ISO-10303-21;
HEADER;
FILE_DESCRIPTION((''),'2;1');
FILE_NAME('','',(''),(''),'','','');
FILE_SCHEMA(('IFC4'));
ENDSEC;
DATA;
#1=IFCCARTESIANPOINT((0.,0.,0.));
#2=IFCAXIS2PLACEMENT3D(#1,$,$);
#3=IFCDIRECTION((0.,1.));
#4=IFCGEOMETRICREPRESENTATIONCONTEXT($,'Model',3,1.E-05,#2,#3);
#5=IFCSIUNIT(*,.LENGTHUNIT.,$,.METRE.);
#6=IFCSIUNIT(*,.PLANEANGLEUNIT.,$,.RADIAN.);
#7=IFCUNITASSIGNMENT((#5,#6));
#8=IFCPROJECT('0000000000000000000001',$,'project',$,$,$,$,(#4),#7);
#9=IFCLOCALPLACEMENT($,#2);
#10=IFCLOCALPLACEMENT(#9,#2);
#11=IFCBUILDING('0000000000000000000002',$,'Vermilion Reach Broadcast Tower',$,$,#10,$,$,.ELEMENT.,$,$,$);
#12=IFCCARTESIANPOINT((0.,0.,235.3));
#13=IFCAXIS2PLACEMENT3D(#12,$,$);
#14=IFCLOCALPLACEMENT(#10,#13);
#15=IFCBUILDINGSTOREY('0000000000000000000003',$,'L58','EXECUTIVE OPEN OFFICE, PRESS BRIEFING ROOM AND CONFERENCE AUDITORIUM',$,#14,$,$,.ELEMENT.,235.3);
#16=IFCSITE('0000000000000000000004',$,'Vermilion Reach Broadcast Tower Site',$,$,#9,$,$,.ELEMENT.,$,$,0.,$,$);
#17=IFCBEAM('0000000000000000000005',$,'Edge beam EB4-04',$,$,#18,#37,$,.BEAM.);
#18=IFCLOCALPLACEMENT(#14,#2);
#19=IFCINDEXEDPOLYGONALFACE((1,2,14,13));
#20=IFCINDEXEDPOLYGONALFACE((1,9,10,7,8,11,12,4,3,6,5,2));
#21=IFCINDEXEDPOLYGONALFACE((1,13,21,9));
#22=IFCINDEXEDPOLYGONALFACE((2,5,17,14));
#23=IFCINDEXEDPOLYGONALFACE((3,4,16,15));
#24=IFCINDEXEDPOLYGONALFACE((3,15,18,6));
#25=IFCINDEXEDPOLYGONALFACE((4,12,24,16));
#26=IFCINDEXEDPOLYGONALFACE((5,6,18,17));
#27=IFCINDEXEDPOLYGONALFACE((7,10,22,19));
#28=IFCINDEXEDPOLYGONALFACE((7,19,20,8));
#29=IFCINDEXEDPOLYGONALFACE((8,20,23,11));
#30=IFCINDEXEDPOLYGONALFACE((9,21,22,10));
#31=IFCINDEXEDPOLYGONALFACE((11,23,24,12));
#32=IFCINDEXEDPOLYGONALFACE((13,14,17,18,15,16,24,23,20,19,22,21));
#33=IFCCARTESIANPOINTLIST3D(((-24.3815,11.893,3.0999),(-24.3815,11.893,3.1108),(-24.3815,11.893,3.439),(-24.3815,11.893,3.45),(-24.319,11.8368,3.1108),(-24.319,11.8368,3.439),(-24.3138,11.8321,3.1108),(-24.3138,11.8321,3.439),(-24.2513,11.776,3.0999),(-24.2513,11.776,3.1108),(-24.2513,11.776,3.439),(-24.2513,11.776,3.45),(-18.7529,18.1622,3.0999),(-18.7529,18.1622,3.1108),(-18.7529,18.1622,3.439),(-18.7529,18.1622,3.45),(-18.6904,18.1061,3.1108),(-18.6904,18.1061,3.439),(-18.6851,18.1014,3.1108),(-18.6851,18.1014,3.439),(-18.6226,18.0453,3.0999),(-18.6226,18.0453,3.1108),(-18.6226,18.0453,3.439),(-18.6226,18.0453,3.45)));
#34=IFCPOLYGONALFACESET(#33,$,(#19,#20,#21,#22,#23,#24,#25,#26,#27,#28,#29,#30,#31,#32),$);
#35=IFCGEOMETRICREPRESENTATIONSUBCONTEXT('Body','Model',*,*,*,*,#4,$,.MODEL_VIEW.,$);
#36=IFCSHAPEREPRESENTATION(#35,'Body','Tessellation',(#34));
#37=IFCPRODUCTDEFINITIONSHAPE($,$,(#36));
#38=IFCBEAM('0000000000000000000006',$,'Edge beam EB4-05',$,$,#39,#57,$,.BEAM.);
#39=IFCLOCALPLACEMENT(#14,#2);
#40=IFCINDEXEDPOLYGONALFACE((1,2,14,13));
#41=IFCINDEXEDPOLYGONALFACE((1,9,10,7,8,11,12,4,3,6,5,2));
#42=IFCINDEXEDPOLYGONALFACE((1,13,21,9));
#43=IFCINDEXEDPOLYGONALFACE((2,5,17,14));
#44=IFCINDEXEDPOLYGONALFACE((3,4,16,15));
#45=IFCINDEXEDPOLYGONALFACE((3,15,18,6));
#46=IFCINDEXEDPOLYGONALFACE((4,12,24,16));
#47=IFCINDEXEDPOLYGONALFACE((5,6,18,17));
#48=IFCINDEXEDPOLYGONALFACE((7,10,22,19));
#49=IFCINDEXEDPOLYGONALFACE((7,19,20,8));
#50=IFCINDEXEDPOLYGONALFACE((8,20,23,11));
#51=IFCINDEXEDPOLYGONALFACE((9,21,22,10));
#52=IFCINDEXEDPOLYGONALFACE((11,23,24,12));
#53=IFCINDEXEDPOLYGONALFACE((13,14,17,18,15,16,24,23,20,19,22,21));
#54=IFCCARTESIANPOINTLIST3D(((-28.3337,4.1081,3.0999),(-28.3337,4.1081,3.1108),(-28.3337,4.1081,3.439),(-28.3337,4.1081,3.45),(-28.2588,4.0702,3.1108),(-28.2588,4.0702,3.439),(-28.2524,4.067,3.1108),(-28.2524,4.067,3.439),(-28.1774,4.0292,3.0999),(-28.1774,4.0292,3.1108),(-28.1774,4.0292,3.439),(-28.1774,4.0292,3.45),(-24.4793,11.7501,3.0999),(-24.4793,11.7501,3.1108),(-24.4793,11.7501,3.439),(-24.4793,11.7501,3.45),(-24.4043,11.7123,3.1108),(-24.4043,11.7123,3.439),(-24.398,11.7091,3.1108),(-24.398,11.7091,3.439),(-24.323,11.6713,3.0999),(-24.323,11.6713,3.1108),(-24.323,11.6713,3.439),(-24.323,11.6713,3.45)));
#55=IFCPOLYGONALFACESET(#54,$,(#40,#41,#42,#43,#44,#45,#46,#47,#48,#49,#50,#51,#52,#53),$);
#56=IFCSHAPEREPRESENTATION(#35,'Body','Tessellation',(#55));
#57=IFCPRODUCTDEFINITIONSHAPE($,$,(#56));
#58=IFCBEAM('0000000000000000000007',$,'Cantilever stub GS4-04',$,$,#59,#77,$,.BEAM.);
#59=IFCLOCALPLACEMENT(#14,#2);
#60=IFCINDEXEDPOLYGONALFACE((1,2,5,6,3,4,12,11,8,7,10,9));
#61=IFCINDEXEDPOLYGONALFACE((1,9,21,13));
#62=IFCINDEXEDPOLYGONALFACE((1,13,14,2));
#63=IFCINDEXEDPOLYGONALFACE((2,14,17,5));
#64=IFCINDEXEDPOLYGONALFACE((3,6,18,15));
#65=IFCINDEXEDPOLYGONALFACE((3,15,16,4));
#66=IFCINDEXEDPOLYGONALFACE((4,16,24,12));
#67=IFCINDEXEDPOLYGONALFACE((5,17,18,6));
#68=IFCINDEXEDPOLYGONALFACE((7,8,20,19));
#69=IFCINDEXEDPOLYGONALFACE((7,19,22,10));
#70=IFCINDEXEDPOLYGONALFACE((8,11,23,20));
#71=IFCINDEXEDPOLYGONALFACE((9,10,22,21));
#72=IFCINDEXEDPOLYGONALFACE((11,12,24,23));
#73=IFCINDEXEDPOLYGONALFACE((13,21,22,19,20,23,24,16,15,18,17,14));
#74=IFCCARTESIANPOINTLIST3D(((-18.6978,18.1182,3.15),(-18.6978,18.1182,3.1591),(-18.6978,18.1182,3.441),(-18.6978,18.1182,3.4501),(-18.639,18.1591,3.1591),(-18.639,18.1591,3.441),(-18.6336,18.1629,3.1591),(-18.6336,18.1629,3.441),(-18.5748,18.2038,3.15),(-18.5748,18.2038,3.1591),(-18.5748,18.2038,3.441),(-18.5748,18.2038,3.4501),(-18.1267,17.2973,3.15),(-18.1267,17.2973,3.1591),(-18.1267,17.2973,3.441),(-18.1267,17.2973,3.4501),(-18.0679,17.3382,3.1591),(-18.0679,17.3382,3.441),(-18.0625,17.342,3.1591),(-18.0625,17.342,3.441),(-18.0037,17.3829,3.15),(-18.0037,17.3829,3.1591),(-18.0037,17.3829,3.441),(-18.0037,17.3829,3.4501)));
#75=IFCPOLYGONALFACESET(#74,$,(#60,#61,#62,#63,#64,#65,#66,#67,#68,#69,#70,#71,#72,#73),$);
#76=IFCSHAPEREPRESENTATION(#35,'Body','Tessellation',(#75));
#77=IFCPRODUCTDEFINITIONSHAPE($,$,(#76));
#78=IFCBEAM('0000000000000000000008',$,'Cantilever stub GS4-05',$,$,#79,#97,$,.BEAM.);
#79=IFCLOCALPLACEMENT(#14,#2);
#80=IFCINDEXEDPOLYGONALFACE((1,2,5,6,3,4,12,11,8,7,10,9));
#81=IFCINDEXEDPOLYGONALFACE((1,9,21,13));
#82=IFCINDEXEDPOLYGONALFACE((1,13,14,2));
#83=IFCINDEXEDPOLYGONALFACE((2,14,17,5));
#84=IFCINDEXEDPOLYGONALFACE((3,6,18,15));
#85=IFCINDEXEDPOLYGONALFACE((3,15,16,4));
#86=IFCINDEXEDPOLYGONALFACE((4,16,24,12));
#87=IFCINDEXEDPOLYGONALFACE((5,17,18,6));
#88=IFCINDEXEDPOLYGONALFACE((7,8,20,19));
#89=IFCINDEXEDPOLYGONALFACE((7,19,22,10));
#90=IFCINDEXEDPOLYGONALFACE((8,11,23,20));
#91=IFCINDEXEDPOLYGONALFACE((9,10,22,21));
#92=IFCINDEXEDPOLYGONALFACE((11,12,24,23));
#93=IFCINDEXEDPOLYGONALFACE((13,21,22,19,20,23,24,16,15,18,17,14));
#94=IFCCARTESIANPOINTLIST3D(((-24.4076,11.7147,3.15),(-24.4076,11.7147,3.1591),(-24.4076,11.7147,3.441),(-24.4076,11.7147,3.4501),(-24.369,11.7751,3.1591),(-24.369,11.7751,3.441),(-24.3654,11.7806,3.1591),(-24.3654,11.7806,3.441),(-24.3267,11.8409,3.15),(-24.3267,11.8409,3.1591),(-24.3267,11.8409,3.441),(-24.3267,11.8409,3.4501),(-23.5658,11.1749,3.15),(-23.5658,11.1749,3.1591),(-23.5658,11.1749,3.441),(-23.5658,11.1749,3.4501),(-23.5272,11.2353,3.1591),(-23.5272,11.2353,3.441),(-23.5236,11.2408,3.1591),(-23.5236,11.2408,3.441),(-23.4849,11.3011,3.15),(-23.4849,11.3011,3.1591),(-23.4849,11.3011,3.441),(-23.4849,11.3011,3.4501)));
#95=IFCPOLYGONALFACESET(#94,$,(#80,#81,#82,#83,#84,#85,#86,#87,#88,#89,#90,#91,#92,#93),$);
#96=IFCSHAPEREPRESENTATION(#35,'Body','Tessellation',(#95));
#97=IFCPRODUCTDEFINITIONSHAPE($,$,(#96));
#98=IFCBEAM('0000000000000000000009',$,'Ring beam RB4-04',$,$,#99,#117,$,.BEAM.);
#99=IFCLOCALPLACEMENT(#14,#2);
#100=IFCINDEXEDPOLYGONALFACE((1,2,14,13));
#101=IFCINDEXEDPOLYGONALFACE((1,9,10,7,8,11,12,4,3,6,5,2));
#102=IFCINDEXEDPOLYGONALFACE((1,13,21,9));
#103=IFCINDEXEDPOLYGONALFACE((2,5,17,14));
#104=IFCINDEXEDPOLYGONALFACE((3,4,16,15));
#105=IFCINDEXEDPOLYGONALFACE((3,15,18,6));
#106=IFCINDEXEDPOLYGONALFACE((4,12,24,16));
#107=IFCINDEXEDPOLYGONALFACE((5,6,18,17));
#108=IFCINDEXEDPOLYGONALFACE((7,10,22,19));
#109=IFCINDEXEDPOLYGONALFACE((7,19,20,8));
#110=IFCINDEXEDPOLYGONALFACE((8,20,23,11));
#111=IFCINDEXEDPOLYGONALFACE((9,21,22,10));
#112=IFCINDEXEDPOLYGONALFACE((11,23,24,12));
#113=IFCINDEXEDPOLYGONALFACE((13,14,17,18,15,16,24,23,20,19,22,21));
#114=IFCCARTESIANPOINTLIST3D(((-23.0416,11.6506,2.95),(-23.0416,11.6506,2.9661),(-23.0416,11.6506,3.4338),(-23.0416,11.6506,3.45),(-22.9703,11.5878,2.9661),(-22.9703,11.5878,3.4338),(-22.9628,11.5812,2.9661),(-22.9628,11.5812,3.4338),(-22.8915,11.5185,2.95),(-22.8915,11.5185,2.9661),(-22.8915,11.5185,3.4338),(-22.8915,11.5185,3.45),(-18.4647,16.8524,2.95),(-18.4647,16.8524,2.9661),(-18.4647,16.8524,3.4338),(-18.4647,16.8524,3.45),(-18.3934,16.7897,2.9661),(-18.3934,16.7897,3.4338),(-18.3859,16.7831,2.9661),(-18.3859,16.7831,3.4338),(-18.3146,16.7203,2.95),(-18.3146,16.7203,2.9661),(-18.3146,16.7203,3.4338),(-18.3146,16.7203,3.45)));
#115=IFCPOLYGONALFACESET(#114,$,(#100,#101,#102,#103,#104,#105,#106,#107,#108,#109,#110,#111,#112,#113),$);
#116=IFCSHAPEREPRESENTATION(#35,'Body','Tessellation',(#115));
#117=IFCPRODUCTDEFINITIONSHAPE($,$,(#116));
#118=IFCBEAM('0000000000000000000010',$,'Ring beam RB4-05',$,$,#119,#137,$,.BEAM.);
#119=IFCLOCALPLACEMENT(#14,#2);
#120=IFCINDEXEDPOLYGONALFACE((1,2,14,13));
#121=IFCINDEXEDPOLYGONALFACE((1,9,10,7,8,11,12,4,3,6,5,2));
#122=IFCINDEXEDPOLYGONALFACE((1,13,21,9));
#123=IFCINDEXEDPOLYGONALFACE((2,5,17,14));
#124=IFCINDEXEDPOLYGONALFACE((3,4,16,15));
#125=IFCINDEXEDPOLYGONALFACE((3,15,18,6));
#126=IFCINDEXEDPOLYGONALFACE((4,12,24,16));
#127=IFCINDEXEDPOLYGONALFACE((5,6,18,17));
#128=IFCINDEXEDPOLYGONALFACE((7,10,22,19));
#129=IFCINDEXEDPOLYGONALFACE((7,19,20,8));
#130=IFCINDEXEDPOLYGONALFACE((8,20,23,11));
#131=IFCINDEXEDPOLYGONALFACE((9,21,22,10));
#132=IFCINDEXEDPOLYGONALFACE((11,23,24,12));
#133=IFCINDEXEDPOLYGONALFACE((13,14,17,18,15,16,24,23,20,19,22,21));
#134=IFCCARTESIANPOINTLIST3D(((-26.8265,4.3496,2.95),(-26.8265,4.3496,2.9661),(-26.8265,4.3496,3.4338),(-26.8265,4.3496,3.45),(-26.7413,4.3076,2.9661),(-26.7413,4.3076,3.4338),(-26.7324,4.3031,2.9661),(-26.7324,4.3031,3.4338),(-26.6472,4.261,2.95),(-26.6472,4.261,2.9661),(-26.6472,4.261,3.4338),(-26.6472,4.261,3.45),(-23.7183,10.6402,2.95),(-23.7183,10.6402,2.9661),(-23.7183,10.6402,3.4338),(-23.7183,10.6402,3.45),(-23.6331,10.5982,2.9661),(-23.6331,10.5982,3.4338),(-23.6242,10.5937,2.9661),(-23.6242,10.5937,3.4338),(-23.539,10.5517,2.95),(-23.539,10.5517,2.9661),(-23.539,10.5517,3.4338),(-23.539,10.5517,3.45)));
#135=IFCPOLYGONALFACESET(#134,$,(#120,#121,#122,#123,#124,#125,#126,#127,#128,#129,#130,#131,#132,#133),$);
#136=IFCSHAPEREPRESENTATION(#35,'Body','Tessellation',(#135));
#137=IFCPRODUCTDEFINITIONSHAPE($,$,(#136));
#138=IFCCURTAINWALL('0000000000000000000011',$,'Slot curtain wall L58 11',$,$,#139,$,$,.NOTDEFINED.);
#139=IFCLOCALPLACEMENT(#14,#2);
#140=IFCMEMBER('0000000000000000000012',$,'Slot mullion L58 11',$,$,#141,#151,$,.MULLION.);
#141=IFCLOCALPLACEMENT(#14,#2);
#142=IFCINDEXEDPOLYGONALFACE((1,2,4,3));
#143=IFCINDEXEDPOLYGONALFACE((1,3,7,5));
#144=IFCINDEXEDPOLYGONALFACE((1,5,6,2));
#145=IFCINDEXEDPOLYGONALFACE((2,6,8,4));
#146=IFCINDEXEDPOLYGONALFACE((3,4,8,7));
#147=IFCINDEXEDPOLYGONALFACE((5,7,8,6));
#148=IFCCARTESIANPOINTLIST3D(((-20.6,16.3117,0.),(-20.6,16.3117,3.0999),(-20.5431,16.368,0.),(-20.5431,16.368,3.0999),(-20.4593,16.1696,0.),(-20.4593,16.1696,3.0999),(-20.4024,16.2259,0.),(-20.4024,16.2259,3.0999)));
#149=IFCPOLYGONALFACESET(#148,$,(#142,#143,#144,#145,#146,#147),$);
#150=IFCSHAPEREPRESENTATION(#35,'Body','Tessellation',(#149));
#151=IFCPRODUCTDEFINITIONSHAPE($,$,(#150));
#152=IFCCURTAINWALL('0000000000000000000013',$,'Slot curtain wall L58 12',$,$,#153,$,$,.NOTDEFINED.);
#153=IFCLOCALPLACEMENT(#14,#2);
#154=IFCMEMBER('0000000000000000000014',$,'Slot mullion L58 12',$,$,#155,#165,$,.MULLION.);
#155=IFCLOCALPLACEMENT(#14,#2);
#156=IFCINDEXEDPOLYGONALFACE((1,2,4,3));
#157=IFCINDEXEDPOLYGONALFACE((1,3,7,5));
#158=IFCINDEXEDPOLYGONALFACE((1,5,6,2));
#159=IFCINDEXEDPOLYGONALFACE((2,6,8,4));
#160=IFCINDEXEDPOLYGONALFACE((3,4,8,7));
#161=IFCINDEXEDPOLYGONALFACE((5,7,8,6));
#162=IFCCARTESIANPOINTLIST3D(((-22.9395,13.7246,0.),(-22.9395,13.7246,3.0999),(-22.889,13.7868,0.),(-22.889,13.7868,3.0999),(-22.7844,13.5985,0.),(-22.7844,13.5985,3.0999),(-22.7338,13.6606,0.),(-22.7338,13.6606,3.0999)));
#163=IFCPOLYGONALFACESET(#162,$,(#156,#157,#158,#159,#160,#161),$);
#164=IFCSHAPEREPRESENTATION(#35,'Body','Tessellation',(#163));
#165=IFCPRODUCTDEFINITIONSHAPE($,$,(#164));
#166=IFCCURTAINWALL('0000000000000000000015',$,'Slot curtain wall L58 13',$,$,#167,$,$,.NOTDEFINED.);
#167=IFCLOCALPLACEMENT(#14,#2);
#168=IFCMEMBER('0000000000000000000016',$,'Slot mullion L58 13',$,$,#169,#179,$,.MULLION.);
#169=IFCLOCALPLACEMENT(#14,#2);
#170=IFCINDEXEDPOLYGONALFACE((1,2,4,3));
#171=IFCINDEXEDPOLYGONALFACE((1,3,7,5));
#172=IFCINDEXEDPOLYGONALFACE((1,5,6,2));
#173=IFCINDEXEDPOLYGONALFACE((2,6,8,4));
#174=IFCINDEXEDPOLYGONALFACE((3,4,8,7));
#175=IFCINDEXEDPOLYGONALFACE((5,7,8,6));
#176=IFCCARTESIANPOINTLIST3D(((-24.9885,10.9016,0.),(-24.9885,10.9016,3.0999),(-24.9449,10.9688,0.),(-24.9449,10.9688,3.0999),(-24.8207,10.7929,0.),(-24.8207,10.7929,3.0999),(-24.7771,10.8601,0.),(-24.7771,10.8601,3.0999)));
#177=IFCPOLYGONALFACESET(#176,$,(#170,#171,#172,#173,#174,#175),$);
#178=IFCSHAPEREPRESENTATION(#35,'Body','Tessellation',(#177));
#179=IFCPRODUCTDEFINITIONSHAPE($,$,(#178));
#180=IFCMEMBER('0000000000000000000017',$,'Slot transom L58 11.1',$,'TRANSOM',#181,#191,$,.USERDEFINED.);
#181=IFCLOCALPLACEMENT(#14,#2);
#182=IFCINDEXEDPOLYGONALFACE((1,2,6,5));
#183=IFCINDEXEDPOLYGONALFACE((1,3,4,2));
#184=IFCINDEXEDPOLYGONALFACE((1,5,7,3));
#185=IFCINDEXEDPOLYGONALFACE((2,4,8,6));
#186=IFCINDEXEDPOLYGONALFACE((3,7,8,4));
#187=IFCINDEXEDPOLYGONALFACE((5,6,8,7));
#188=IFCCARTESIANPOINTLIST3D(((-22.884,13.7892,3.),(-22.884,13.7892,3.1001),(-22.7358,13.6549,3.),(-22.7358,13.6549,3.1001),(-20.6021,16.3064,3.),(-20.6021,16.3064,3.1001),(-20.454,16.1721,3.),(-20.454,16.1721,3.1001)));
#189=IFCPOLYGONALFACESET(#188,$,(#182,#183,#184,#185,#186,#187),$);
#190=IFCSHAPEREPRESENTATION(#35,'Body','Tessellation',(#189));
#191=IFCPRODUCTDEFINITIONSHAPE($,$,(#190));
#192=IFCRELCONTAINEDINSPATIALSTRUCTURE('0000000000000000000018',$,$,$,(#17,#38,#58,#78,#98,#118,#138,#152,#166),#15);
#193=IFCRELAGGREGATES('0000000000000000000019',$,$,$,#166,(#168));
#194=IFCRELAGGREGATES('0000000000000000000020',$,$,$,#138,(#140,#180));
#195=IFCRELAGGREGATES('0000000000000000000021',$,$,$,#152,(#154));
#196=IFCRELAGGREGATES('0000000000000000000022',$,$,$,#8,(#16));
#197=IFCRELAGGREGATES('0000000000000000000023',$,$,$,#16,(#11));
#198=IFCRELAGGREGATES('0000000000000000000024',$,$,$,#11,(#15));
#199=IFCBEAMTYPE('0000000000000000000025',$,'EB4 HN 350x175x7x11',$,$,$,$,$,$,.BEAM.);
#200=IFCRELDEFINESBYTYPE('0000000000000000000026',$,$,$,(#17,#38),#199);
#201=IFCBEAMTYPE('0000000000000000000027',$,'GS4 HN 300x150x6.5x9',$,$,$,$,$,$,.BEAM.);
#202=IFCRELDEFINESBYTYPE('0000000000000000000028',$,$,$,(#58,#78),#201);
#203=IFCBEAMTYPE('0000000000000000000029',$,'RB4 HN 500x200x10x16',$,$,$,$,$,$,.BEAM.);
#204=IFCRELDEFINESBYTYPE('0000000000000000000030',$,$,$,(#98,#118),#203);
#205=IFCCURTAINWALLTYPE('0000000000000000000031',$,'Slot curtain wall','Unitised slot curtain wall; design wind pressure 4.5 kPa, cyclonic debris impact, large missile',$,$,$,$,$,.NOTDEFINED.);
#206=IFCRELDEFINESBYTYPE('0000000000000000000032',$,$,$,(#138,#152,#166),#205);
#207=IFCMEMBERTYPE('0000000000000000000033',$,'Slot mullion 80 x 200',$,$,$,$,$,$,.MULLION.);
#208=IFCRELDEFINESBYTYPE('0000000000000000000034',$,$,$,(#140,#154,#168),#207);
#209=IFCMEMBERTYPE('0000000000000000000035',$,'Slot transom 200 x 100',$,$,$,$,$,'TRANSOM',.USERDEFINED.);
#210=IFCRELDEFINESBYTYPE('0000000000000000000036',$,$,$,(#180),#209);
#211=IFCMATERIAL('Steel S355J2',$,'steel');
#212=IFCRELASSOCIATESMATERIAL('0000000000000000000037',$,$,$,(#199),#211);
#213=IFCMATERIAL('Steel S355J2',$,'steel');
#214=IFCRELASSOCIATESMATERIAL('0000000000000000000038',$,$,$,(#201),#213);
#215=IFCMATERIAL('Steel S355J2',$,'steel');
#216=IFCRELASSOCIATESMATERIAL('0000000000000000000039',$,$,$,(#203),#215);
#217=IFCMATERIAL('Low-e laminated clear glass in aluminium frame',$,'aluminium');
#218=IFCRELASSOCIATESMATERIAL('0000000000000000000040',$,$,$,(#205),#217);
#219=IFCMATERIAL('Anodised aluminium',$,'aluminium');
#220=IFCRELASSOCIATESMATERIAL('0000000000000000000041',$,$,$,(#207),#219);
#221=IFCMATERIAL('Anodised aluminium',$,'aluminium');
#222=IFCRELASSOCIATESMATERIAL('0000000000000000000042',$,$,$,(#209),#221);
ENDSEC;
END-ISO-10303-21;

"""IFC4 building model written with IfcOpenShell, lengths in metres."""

from ifc_helpers import new_model, si_unit, direction, frame, origin, origin_2d, place, context, subcontext, project, spatial, rectangle, i_section, extrude, material, material_profile, profile_set, type_object, element, aggregate, save


model = new_model("IFC4")

# Units and contexts
model_context = context("Model", 3, precision=1e-05, world=origin(), true_north=direction((0.0, 1.0)))
body_context = subcontext(model_context, "Body", "Model", "MODEL_VIEW")
ifc_project = project(units=[si_unit("LENGTHUNIT", "METRE"), si_unit("PLANEANGLEUNIT", "RADIAN")], contexts=[model_context])

# Site, building, storey
site_placement = place(None, origin())
site = spatial("IfcSite", under=ifc_project, at=site_placement, Name="Vermilion Reach Broadcast Tower Site", CompositionType="ELEMENT", RefElevation=0.0)
building_placement = place(site_placement, origin())
building = spatial("IfcBuilding", under=site, at=building_placement, Name="Vermilion Reach Broadcast Tower", CompositionType="ELEMENT")
storey_placement = place(building_placement, frame((0.0, 0.0, 235.3)))
storey = spatial("IfcBuildingStorey", under=building, at=storey_placement, Name="L58", Description="EXECUTIVE OPEN OFFICE, PRESS BRIEFING ROOM AND CONFERENCE AUDITORIUM", CompositionType="ELEMENT", Elevation=235.3)

# Beams
ifc_material_1 = material(Name="Steel S355J2", Category="steel")
ifc_material_profile_1 = material_profile(ifc_material_1, i_section(OverallWidth=0.175, OverallDepth=0.3501, WebThickness=0.0071, FlangeThickness=0.011, at=origin_2d()), Name="S355J2 HN 350x175x7x11")
ifc_profile_set_1 = profile_set([ifc_material_profile_1], Name="Steel S355J2")
beam_type_1 = type_object("IfcBeamType", Name="EB4 HN 350x175x7x11", PredefinedType="BEAM", material=ifc_profile_set_1)
beam_1_placement = place(storey_placement, frame((-18.6877, 18.1038, 3.2749), z_axis=(-0.668066, -0.744102, 0.0), x_axis=(0.744102, -0.668066, 0.0)))
element("IfcBeam", 1, at=beam_1_placement, inside=storey, type_object=beam_type_1, Name="Edge beam EB4-04", PredefinedType="BEAM", context=body_context, shape_type="SweptSolid", body=[
    extrude(i_section(OverallWidth=0.175, OverallDepth=0.3501, WebThickness=0.0071, FlangeThickness=0.011, at=origin_2d()), origin(), (0.0, 0.0, 1.0), 8.4253),
])
beam_2_placement = place(storey_placement, frame((-24.4011, 11.7107, 3.2749), z_axis=(-0.450337, -0.892859, 0.0), x_axis=(0.892859, -0.450337, 0.0)))
element("IfcBeam", 2, at=beam_2_placement, inside=storey, type_object=beam_type_1, Name="Edge beam EB4-05", PredefinedType="BEAM", context=body_context, shape_type="SweptSolid", body=[
    extrude(i_section(OverallWidth=0.175, OverallDepth=0.3501, WebThickness=0.0071, FlangeThickness=0.011, at=origin_2d()), origin(), (0.0, 0.0, 1.0), 8.5591),
])
ifc_material_2 = material(Name="Steel S355J2", Category="steel")
ifc_material_profile_2 = material_profile(ifc_material_2, i_section(OverallWidth=0.1499, OverallDepth=0.3, WebThickness=0.0066, FlangeThickness=0.009, at=origin_2d()), Name="S355J2 HN 300x150x6.5x9")
ifc_profile_set_2 = profile_set([ifc_material_profile_2], Name="Steel S355J2")
beam_type_2 = type_object("IfcBeamType", Name="GS4 HN 300x150x6.5x9", PredefinedType="BEAM", material=ifc_profile_set_2)
for number, where, z_axis, x_axis, name in (
    (3, (-18.0652, 17.3401, 3.3), (-0.5711, 0.82088, 0.0), (-0.82088, -0.5711, 0.0), "Cantilever stub GS4-04"),
    (4, (-23.5254, 11.238, 3.3), (-0.841797, 0.539795, 0.0), (-0.539795, -0.841797, 0.0), "Cantilever stub GS4-05"),
):
    element("IfcBeam", number, at=place(storey_placement, frame(where, z_axis=z_axis, x_axis=x_axis)), inside=storey, type_object=beam_type_2, Name=name, PredefinedType="BEAM", context=body_context, shape_type="SweptSolid", body=[
        extrude(i_section(OverallWidth=0.1499, OverallDepth=0.3, WebThickness=0.0066, FlangeThickness=0.009, at=origin_2d()), origin(), (0.0, 0.0, 1.0), 1.0),
    ])
ifc_material_3 = material(Name="Steel S355J2", Category="steel")
ifc_material_profile_3 = material_profile(ifc_material_3, i_section(OverallWidth=0.2, OverallDepth=0.5, WebThickness=0.01, FlangeThickness=0.0161, at=origin_2d()), Name="S355J2 HN 500x200x10x16")
ifc_profile_set_3 = profile_set([ifc_material_profile_3], Name="Steel S355J2")
beam_type_3 = type_object("IfcBeamType", Name="RB4 HN 500x200x10x16", PredefinedType="BEAM", material=ifc_profile_set_3)
beam_3_placement = place(storey_placement, frame((-18.3896, 16.7864, 3.2), z_axis=(-0.660565, -0.750769, 0.0), x_axis=(0.750769, -0.660565, 0.0)))
element("IfcBeam", 5, at=beam_3_placement, inside=storey, type_object=beam_type_3, Name="Ring beam RB4-04", PredefinedType="BEAM", context=body_context, shape_type="SweptSolid", body=[
    extrude(i_section(OverallWidth=0.2, OverallDepth=0.5, WebThickness=0.01, FlangeThickness=0.0161, at=origin_2d()), origin(), (0.0, 0.0, 1.0), 6.9287),
])
beam_4_placement = place(storey_placement, frame((-23.6287, 10.5959, 3.2), z_axis=(-0.442977, -0.896533, 0.0), x_axis=(0.896533, -0.442977, 0.0)))
element("IfcBeam", 6, at=beam_4_placement, inside=storey, type_object=beam_type_3, Name="Ring beam RB4-05", PredefinedType="BEAM", context=body_context, shape_type="SweptSolid", body=[
    extrude(i_section(OverallWidth=0.2, OverallDepth=0.5, WebThickness=0.01, FlangeThickness=0.0161, at=origin_2d()), origin(), (0.0, 0.0, 1.0), 7.0166),
])

# Curtain walls, members
ifc_material_4 = material(Name="Low-e laminated clear glass in aluminium frame", Category="aluminium")
curtain_wall_type = type_object("IfcCurtainWallType", Name="Slot curtain wall", Description="Unitised slot curtain wall; design wind pressure 4.5 kPa, cyclonic debris impact, large missile", PredefinedType="NOTDEFINED", material=ifc_material_4)
placement = place(storey_placement, origin())
curtain_wall_1 = element("IfcCurtainWall", 7, at=placement, inside=storey, type_object=curtain_wall_type, Name="Slot curtain wall L58 11", PredefinedType="NOTDEFINED")
ifc_material_5 = material(Name="Anodised aluminium", Category="aluminium")
ifc_material_profile_4 = material_profile(ifc_material_5, rectangle(XDim=0.2, YDim=0.0801, at=origin_2d()), Name="Slot mullion 80 x 200")
ifc_profile_set_4 = profile_set([ifc_material_profile_4], Name="Anodised aluminium")
member_type_1 = type_object("IfcMemberType", Name="Slot mullion 80 x 200", PredefinedType="MULLION", material=ifc_profile_set_4)
member_1_placement = place(storey_placement, frame((-20.5012, 16.2688, 0.0), z_axis=(0.0, 0.0, 1.0), x_axis=(0.703569, -0.710627, 0.0)))
member_1 = element("IfcMember", 8, at=member_1_placement, type_object=member_type_1, Name="Slot mullion L58 11", PredefinedType="MULLION", context=body_context, shape_type="SweptSolid", body=[
    extrude(rectangle(XDim=0.2, YDim=0.0801, at=origin_2d()), origin(), (0.0, 0.0, 1.0), 3.0999),
])
curtain_wall_2 = element("IfcCurtainWall", 9, at=placement, inside=storey, type_object=curtain_wall_type, Name="Slot curtain wall L58 12", PredefinedType="NOTDEFINED")
member_2_placement = place(storey_placement, frame((-22.8367, 13.6926, 0.0), z_axis=(0.0, 0.0, 1.0), x_axis=(0.775826, -0.630947, 0.0)))
member_2 = element("IfcMember", 10, at=member_2_placement, type_object=member_type_1, Name="Slot mullion L58 12", PredefinedType="MULLION", context=body_context, shape_type="SweptSolid", body=[
    extrude(rectangle(XDim=0.2, YDim=0.0801, at=origin_2d()), origin(), (0.0, 0.0, 1.0), 3.0999),
])
curtain_wall_3 = element("IfcCurtainWall", 11, at=placement, inside=storey, type_object=curtain_wall_type, Name="Slot curtain wall L58 13", PredefinedType="NOTDEFINED")
member_3_placement = place(storey_placement, frame((-24.8828, 10.8809, 0.0), z_axis=(0.0, 0.0, 1.0), x_axis=(0.839107, -0.543967, 0.0)))
member_3 = element("IfcMember", 12, at=member_3_placement, type_object=member_type_1, Name="Slot mullion L58 13", PredefinedType="MULLION", context=body_context, shape_type="SweptSolid", body=[
    extrude(rectangle(XDim=0.2, YDim=0.0801, at=origin_2d()), origin(), (0.0, 0.0, 1.0), 3.0999),
])

# Member
ifc_material_6 = material(Name="Anodised aluminium", Category="aluminium")
ifc_material_profile_5 = material_profile(ifc_material_6, rectangle(XDim=0.2, YDim=0.1001, at=origin_2d()), Name="Slot transom 200 x 100")
ifc_profile_set_5 = profile_set([ifc_material_profile_5], Name="Anodised aluminium")
member_type_2 = type_object("IfcMemberType", Name="Slot transom 200 x 100", ElementType="TRANSOM", PredefinedType="USERDEFINED", material=ifc_profile_set_5)
member_4_placement = place(storey_placement, frame((-20.5281, 16.2393, 3.05), z_axis=(-0.671621, -0.740895, 0.0), x_axis=(0.740895, -0.671621, 0.0)))
member_4 = element("IfcMember", 13, at=member_4_placement, type_object=member_type_2, Name="Slot transom L58 11.1", ObjectType="TRANSOM", PredefinedType="USERDEFINED", context=body_context, shape_type="SweptSolid", body=[
    extrude(rectangle(XDim=0.2, YDim=0.1001, at=origin_2d()), origin(), (0.0, 0.0, 1.0), 3.3975),
])
aggregate(curtain_wall_3, [member_3])

aggregate(curtain_wall_1, [member_1, member_4])
aggregate(curtain_wall_2, [member_2])

save(model, "model.ifc")
